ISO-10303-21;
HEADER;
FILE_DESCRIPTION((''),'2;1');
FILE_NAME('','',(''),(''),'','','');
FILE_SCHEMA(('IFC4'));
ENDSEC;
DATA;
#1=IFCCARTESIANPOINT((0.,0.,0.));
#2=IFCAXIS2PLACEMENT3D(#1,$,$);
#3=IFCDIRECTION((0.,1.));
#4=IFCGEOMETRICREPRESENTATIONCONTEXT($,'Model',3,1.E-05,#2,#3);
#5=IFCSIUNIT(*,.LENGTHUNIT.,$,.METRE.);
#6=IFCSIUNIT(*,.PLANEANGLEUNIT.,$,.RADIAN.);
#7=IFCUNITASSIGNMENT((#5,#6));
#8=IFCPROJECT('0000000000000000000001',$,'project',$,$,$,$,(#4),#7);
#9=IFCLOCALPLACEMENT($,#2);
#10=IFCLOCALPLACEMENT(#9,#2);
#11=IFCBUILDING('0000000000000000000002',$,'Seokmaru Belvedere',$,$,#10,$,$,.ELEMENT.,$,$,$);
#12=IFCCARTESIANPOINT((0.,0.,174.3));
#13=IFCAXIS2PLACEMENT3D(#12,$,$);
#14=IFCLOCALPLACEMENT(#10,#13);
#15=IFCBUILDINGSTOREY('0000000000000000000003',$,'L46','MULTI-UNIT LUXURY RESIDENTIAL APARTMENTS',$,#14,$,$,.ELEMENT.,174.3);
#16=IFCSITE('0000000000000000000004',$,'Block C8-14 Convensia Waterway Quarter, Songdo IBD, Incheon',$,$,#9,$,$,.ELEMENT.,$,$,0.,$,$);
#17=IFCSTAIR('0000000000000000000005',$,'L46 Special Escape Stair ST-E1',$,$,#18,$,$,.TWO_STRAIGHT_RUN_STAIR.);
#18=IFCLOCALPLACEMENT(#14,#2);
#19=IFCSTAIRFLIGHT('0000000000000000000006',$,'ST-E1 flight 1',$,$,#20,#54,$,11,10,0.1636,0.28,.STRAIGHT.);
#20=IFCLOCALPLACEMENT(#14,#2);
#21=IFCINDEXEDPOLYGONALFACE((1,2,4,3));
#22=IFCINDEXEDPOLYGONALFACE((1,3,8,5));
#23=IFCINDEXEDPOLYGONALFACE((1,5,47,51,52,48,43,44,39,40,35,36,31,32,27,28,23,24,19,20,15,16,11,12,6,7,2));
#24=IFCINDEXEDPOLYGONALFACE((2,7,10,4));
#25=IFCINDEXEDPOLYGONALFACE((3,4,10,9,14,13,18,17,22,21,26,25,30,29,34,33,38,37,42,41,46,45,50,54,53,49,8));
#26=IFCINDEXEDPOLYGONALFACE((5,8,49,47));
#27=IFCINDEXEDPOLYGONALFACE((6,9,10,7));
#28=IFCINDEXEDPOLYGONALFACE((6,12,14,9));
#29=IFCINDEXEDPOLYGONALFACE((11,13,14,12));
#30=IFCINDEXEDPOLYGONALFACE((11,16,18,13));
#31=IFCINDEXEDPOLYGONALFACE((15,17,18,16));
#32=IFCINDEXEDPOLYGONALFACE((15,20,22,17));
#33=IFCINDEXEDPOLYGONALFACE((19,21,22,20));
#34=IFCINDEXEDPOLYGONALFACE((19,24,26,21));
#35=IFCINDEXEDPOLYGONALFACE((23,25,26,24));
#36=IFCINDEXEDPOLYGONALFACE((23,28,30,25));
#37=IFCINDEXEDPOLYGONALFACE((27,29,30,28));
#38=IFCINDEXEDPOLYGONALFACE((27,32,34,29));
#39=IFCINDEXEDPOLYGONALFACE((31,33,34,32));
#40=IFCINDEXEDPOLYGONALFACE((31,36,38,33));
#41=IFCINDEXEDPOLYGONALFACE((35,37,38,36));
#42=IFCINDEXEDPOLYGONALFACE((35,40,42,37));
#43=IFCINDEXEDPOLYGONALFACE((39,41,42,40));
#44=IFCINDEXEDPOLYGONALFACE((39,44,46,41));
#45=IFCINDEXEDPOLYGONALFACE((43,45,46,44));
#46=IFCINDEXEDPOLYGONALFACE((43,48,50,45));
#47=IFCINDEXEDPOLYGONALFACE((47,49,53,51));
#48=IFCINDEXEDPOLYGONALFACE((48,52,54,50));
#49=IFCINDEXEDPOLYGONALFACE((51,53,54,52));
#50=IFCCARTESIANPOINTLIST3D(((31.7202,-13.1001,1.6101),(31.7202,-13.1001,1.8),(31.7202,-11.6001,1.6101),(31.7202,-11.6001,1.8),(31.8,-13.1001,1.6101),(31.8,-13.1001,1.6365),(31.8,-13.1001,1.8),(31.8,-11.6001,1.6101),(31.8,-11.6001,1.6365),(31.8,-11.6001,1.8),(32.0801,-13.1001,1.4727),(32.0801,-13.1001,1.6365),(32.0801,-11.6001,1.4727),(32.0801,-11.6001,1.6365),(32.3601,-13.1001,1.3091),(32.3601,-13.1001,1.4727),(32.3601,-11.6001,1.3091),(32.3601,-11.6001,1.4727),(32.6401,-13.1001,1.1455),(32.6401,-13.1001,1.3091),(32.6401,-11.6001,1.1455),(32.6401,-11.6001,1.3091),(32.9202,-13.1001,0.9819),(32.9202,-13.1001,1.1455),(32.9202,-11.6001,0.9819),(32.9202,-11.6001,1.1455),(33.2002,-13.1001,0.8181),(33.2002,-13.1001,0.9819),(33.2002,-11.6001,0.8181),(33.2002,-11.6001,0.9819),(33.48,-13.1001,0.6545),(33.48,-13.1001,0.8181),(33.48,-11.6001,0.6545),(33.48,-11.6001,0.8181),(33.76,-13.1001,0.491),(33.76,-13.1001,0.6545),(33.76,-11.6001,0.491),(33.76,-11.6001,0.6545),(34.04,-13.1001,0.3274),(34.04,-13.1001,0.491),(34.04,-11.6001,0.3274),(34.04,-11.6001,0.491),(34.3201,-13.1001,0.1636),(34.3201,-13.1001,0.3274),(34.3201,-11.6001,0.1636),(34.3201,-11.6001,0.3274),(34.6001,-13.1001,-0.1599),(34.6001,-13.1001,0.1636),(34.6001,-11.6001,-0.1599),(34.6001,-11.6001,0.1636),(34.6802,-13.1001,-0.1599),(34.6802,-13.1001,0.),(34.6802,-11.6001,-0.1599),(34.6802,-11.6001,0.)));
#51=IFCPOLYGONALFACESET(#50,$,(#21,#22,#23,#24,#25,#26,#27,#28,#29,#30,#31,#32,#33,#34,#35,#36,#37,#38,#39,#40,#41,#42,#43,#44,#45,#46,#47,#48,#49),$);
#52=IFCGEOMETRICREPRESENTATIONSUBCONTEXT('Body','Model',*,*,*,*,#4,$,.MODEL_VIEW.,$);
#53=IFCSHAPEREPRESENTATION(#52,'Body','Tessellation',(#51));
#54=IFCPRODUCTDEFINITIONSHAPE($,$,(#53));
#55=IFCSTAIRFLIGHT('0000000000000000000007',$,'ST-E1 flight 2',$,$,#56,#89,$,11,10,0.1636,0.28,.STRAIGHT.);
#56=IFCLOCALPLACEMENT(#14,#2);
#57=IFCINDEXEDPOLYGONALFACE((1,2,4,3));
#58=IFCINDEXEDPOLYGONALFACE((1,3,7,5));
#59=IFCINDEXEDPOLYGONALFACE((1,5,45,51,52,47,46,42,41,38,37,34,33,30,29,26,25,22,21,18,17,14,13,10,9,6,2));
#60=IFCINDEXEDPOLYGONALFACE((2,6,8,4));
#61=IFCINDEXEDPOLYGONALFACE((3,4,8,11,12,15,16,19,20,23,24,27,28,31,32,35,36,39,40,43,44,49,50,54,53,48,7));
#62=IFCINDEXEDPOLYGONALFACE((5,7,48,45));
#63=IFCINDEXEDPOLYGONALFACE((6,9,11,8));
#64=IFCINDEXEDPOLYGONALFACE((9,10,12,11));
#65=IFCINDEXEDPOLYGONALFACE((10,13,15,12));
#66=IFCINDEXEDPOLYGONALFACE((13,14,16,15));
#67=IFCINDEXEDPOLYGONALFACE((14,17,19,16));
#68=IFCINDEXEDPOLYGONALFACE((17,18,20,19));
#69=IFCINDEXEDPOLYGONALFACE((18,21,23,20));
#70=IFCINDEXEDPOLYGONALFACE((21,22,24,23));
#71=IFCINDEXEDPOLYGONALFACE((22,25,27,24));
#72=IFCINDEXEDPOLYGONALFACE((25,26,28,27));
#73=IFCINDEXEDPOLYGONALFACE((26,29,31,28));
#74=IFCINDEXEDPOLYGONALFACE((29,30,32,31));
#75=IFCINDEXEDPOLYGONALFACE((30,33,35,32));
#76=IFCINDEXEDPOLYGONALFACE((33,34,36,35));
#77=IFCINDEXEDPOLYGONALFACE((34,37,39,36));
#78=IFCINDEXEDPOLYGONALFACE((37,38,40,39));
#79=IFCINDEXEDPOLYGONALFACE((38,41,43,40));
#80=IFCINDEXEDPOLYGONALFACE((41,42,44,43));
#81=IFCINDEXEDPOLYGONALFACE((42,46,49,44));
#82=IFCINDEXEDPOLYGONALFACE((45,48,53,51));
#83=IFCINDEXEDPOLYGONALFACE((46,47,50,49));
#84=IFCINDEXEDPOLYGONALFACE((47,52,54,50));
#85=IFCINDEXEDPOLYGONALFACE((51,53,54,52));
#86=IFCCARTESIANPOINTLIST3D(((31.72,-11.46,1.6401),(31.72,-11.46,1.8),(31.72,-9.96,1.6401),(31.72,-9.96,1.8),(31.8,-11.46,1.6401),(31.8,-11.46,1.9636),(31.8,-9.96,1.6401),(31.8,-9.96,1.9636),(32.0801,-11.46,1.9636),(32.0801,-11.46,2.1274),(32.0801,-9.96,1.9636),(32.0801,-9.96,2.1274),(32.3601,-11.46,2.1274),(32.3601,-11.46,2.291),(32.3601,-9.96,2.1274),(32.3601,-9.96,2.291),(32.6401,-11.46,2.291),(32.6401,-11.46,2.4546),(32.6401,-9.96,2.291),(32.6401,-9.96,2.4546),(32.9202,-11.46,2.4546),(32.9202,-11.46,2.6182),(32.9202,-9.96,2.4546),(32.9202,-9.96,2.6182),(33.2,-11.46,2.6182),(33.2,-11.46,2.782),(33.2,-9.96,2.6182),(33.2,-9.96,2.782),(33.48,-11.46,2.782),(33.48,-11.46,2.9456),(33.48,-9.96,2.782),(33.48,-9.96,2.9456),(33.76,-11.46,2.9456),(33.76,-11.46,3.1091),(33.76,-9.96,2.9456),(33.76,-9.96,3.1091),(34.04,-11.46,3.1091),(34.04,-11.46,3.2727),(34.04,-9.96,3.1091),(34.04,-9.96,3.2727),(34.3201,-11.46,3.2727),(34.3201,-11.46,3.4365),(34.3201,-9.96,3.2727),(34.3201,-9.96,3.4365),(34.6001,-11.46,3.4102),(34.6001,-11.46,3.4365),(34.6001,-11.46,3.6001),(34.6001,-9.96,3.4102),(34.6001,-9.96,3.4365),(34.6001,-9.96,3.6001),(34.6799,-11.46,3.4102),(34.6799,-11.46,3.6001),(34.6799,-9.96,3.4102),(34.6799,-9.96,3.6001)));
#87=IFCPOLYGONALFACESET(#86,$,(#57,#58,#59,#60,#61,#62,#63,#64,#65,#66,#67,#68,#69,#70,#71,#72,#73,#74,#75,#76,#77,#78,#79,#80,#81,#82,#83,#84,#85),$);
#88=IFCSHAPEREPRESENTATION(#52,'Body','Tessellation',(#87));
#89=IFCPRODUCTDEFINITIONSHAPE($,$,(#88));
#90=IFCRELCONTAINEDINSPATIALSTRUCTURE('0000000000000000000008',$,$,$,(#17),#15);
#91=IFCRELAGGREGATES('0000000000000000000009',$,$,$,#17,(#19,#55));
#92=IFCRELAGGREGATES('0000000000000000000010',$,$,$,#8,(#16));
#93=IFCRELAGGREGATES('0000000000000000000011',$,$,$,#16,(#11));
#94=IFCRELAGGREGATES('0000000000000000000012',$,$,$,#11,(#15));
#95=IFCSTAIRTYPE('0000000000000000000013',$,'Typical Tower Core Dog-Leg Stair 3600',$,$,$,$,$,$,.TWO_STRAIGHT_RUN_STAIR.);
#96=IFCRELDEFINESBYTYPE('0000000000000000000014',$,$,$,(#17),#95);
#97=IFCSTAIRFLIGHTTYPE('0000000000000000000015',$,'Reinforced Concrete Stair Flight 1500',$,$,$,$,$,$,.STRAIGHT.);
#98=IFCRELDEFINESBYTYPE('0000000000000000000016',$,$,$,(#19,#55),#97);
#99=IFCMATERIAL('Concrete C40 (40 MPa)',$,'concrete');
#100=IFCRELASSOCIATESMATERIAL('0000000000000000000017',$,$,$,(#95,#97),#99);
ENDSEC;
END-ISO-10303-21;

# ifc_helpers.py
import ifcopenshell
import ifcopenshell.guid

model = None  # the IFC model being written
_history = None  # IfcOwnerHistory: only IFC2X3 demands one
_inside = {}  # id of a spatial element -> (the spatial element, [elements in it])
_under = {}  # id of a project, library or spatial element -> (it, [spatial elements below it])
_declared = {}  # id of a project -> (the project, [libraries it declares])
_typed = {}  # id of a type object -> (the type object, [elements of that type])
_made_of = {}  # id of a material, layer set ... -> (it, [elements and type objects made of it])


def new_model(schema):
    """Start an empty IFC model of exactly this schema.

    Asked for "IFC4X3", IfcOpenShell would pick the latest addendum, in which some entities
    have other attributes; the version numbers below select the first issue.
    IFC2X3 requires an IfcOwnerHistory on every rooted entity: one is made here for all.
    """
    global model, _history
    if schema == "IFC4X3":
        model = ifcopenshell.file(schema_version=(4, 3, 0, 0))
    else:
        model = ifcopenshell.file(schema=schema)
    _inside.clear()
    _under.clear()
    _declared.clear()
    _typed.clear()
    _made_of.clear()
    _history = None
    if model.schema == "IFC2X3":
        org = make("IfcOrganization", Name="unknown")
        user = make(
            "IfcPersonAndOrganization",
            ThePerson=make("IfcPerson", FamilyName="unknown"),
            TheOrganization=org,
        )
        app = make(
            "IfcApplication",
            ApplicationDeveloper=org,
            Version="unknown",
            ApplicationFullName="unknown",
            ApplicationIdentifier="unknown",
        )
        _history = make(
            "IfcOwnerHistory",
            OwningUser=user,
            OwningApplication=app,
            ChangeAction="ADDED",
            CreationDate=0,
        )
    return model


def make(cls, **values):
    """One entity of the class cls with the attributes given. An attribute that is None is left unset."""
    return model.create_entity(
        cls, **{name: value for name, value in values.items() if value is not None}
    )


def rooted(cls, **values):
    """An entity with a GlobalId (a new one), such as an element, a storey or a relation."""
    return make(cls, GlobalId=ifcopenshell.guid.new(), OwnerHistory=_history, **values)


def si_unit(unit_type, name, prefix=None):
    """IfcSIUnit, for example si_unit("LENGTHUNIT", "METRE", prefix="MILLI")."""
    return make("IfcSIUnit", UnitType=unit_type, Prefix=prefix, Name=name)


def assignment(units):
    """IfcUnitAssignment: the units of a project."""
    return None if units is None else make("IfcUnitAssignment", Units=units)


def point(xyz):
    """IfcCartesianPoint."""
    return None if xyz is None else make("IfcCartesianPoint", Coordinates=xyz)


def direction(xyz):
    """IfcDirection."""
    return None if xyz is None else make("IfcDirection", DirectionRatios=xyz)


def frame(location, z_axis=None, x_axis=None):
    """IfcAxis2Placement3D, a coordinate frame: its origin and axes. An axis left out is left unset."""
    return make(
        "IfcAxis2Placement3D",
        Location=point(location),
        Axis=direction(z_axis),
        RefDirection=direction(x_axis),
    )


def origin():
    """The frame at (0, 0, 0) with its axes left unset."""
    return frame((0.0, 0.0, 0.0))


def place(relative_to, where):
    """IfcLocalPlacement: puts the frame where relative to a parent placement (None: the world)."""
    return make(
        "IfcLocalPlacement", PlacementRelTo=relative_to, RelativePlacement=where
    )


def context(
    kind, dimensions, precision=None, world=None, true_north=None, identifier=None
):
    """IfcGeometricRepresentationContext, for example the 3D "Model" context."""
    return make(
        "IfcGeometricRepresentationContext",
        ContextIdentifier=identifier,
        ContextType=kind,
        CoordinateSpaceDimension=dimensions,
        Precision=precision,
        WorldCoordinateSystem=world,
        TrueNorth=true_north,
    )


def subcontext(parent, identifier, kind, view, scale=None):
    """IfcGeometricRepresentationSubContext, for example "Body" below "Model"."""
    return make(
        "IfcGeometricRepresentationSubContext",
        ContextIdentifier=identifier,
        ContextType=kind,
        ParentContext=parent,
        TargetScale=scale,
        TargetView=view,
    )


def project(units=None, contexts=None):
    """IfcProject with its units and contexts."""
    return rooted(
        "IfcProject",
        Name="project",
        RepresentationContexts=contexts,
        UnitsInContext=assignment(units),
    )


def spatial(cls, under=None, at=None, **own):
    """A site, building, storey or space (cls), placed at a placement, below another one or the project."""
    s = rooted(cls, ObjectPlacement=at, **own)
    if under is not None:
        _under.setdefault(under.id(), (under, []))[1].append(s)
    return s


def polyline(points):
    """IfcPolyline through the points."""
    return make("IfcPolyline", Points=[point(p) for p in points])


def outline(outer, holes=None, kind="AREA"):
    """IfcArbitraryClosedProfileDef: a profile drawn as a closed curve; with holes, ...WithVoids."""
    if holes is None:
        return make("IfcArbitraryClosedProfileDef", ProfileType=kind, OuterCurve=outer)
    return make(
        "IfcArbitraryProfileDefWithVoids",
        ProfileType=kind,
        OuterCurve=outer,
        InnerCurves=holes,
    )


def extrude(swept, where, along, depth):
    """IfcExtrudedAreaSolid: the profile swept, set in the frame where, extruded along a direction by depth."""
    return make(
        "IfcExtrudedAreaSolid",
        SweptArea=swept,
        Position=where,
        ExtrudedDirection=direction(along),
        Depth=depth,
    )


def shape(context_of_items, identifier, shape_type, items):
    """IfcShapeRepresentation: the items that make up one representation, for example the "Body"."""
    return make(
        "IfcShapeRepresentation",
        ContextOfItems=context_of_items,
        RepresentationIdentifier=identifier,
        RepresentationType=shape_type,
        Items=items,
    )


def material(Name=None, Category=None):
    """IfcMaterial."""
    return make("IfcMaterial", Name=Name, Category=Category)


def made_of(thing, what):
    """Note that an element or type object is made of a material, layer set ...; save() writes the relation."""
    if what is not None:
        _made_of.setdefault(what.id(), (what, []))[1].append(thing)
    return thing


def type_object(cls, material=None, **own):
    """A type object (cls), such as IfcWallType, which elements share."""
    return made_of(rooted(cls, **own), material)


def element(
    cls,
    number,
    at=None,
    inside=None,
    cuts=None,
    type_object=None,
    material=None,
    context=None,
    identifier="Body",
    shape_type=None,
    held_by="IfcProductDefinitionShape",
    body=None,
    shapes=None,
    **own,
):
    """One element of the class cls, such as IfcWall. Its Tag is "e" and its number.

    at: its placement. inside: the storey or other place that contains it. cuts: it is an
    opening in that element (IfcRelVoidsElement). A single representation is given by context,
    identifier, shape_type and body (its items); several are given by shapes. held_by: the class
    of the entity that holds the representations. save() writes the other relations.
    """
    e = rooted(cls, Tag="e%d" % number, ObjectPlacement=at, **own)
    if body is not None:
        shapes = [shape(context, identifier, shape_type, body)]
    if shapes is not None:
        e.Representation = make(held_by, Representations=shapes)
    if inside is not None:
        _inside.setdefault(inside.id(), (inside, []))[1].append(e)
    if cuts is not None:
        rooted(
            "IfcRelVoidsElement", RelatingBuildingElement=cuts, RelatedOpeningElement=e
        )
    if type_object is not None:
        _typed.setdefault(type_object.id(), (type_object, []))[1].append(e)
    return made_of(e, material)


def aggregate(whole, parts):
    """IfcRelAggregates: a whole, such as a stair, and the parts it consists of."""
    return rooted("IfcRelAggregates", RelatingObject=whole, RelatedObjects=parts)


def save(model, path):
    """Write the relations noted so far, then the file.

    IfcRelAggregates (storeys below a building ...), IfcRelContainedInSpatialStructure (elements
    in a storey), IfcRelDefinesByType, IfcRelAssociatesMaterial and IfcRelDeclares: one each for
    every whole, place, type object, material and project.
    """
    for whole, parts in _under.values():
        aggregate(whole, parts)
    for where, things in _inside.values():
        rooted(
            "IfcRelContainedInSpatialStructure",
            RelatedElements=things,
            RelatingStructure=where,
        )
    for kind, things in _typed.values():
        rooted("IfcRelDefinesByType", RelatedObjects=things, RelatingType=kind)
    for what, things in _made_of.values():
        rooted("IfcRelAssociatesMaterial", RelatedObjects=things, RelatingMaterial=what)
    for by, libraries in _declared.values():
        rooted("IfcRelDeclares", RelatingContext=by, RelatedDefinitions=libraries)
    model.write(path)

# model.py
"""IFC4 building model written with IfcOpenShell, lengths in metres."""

from ifc_helpers import new_model, si_unit, direction, frame, origin, place, context, subcontext, project, spatial, polyline, outline, extrude, material, type_object, element, aggregate, save


model = new_model("IFC4")

# Units and contexts
model_context = context("Model", 3, precision=1e-05, world=origin(), true_north=direction((0.0, 1.0)))
body_context = subcontext(model_context, "Body", "Model", "MODEL_VIEW")
ifc_project = project(units=[si_unit("LENGTHUNIT", "METRE"), si_unit("PLANEANGLEUNIT", "RADIAN")], contexts=[model_context])

# Site, building, storey
site_placement = place(None, origin())
site = spatial("IfcSite", under=ifc_project, at=site_placement, Name="Block C8-14 Convensia Waterway Quarter, Songdo IBD, Incheon", CompositionType="ELEMENT", RefElevation=0.0)
building_placement = place(site_placement, origin())
building = spatial("IfcBuilding", under=site, at=building_placement, Name="Seokmaru Belvedere", CompositionType="ELEMENT")
storey_placement = place(building_placement, frame((0.0, 0.0, 174.3)))
storey = spatial("IfcBuildingStorey", under=building, at=storey_placement, Name="L46", Description="MULTI-UNIT LUXURY RESIDENTIAL APARTMENTS", CompositionType="ELEMENT", Elevation=174.3)

# Stair, stair flights
ifc_material_1 = material(Name="Concrete C40 (40 MPa)", Category="concrete")
stair_type = type_object("IfcStairType", Name="Typical Tower Core Dog-Leg Stair 3600", PredefinedType="TWO_STRAIGHT_RUN_STAIR", material=ifc_material_1)
stair_placement = place(storey_placement, origin())
stair = element("IfcStair", 1, at=stair_placement, inside=storey, type_object=stair_type, Name="L46 Special Escape Stair ST-E1", PredefinedType="TWO_STRAIGHT_RUN_STAIR")
stair_flight_type = type_object("IfcStairFlightType", Name="Reinforced Concrete Stair Flight 1500", PredefinedType="STRAIGHT", material=ifc_material_1)
stair_flight_1_placement = place(storey_placement, frame((34.6001, -12.3501, 0.0), z_axis=(0.0, 0.0, 1.0), x_axis=(-1.0, 0.0, 0.0)))
stair_flight_1 = element("IfcStairFlight", 2, at=stair_flight_1_placement, type_object=stair_flight_type, Name="ST-E1 flight 1", NumberOfRisers=11, NumberOfTreads=10, PredefinedType="STRAIGHT", RiserHeight=0.1636, TreadLength=0.28, context=body_context, shape_type="SweptSolid", body=[
    extrude(outline(polyline([(-0.0801, 0.0), (0.0, 0.1636), (0.28, 0.1636), (0.28, 0.3274), (0.5601, 0.3274), (0.5601, 0.491), (0.8401, 0.491), (0.8401, 0.6545), (1.1201, 0.6545), (1.1201, 0.8181), (1.3999, 0.8181), (1.3999, 0.9819), (1.6799, 0.9819), (1.6799, 1.1455), (1.96, 1.1455), (1.96, 1.3091), (2.24, 1.3091), (2.24, 1.4727), (2.52, 1.4727), (2.52, 1.6365), (2.8, 1.6365), (2.8, 1.8), (2.8799, 1.8), (2.8799, 1.6101), (2.8, 1.6101), (0.0, -0.1599), (-0.0801, -0.1599), (-0.0801, 0.0)])), frame((0.0, 0.75, 0.0), z_axis=(0.0, -1.0, 0.0), x_axis=(1.0, 0.0, 0.0)), (0.0, 0.0, 1.0), 1.5),
])
stair_flight_2_placement = place(storey_placement, frame((31.8, -10.71, 1.8), z_axis=(0.0, 0.0, 1.0), x_axis=(1.0, 0.0, 0.0)))
stair_flight_2 = element("IfcStairFlight", 3, at=stair_flight_2_placement, type_object=stair_flight_type, Name="ST-E1 flight 2", NumberOfRisers=11, NumberOfTreads=10, PredefinedType="STRAIGHT", RiserHeight=0.1636, TreadLength=0.28, context=body_context, shape_type="SweptSolid", body=[
    extrude(outline(polyline([(-0.0801, 0.0), (0.0, 0.1636), (0.28, 0.1636), (0.28, 0.3274), (0.5601, 0.3274), (0.5601, 0.491), (0.8401, 0.491), (0.8401, 0.6545), (1.1201, 0.6545), (1.1201, 0.8181), (1.3999, 0.8181), (1.3999, 0.9819), (1.6799, 0.9819), (1.6799, 1.1455), (1.96, 1.1455), (1.96, 1.3091), (2.24, 1.3091), (2.24, 1.4727), (2.52, 1.4727), (2.52, 1.6365), (2.8, 1.6365), (2.8, 1.8), (2.8799, 1.8), (2.8799, 1.6101), (2.8, 1.6101), (0.0, -0.1599), (-0.0801, -0.1599), (-0.0801, 0.0)])), frame((0.0, 0.75, 0.0), z_axis=(0.0, -1.0, 0.0), x_axis=(1.0, 0.0, 0.0)), (0.0, 0.0, 1.0), 1.5),
])
aggregate(stair, [stair_flight_1, stair_flight_2])

save(model, "model.ifc")
